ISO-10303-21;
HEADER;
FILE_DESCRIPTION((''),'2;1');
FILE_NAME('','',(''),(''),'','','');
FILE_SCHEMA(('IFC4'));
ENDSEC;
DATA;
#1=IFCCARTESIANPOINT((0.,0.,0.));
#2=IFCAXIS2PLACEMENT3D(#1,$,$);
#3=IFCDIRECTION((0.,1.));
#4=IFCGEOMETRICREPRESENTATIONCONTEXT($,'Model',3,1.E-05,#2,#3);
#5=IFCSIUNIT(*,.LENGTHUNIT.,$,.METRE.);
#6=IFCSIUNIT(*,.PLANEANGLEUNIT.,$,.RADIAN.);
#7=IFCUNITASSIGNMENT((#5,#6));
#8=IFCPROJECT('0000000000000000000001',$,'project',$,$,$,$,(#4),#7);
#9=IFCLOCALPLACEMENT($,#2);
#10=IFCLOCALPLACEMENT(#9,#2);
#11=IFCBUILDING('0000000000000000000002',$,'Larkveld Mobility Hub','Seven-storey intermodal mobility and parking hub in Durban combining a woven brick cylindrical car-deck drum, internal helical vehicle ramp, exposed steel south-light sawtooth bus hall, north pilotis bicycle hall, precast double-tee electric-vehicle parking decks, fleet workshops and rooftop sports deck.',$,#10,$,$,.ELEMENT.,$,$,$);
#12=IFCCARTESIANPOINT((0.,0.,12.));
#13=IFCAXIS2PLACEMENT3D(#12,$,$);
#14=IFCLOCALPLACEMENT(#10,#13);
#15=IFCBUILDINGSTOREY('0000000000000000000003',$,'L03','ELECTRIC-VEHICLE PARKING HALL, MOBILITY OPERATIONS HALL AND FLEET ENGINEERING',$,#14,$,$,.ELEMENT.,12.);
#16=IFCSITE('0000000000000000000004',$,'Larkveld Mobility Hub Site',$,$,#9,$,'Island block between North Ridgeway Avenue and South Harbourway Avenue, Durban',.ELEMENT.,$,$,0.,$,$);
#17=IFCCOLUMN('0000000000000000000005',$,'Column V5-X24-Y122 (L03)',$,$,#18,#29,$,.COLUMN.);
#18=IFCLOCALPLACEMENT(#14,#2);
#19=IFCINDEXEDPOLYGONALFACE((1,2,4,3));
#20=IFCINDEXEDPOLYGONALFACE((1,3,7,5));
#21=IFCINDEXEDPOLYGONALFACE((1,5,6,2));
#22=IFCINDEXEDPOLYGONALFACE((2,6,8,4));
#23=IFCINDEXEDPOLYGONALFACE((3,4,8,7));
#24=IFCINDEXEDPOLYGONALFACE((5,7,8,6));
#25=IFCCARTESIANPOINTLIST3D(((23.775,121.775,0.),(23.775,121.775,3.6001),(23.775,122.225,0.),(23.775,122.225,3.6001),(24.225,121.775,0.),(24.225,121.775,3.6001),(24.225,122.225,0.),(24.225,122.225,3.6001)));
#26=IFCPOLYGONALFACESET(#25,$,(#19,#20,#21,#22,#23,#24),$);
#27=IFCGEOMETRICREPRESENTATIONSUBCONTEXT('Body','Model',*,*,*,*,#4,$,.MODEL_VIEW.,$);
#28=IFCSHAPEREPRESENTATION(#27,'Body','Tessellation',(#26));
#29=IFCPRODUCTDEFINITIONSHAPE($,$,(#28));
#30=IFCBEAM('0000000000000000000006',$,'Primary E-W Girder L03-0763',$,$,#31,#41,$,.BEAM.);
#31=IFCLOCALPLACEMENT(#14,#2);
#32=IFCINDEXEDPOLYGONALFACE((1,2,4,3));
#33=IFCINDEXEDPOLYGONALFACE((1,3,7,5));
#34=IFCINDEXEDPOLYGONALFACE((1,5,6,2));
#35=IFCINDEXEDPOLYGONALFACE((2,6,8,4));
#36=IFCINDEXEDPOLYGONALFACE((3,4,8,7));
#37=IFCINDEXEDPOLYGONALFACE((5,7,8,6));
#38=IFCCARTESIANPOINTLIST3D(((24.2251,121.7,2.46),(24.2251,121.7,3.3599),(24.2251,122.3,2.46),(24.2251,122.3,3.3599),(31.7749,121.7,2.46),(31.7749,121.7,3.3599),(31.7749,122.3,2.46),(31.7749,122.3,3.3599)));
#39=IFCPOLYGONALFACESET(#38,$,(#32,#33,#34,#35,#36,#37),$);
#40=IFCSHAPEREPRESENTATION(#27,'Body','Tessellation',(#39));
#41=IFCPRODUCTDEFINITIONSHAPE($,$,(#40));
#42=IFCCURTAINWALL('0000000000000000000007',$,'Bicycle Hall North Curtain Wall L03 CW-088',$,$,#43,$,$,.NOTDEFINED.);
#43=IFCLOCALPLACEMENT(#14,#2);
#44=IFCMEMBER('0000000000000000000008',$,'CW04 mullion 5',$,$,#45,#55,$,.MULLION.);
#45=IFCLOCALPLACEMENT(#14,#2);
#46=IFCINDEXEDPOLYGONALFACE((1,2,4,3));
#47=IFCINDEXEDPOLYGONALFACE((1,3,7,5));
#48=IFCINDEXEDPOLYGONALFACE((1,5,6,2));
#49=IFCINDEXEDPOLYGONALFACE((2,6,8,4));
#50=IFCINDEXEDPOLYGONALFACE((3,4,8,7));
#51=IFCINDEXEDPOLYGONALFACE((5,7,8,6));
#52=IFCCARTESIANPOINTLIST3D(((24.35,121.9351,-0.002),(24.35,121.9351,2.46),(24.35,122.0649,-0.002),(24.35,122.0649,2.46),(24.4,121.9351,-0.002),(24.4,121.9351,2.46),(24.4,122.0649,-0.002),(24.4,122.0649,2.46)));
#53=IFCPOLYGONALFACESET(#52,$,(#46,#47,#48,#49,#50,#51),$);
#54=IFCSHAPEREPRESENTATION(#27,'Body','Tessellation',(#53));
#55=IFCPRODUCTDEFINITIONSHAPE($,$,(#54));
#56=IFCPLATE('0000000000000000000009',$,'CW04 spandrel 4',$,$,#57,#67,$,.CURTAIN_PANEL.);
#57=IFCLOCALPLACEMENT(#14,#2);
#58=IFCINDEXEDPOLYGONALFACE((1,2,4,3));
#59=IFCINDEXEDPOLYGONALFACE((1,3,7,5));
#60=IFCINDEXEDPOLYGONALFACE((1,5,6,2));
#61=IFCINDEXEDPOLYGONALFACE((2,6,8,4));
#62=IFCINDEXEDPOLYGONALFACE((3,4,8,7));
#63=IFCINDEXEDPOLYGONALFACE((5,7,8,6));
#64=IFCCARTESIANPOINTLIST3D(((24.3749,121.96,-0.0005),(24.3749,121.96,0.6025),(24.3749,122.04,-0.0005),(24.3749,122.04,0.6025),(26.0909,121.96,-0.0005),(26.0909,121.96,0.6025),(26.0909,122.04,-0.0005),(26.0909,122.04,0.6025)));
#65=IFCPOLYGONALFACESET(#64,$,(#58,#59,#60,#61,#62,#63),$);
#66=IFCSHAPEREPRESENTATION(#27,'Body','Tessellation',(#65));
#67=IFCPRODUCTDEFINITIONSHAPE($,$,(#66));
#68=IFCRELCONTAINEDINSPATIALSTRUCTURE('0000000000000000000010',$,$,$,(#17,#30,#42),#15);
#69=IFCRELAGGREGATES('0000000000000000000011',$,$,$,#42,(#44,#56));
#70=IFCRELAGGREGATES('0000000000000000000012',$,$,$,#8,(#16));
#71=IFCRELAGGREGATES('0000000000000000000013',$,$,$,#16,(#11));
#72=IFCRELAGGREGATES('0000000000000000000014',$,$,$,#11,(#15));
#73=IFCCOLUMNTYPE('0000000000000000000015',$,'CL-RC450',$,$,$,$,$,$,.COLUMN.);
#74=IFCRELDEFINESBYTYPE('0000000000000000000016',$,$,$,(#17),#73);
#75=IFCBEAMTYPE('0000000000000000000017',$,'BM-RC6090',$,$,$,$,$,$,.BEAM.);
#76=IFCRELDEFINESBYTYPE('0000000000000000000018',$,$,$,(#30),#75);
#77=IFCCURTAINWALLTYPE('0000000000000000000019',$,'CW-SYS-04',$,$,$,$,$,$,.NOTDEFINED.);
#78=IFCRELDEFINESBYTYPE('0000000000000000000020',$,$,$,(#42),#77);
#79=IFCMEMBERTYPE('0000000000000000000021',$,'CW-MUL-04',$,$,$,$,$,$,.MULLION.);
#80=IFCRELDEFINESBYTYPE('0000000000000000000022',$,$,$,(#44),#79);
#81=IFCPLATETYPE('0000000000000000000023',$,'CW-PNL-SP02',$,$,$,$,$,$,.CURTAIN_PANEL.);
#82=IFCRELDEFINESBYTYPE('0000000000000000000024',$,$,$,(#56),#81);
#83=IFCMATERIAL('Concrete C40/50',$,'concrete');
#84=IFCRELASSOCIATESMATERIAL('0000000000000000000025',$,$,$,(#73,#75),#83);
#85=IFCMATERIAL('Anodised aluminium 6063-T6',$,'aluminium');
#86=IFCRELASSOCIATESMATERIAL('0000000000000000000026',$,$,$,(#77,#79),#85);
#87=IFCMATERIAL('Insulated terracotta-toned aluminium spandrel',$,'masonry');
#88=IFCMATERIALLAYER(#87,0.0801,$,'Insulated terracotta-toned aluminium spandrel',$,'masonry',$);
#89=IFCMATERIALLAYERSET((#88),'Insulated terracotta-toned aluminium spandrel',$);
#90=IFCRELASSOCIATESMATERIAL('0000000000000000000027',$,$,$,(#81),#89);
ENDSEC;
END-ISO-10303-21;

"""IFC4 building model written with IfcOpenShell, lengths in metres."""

from ifc_helpers import new_model, si_unit, direction, frame, origin, origin_2d, place, context, subcontext, project, spatial, rectangle, extrude, material, layer, layer_set, material_profile, profile_set, type_object, element, aggregate, save


model = new_model("IFC4")

# Units and contexts
model_context = context("Model", 3, precision=1e-05, world=origin(), true_north=direction((0.0, 1.0)))
body_context = subcontext(model_context, "Body", "Model", "MODEL_VIEW")
ifc_project = project(units=[si_unit("LENGTHUNIT", "METRE"), si_unit("PLANEANGLEUNIT", "RADIAN")], contexts=[model_context])

# Site, building, storey
site_placement = place(None, origin())
site = spatial("IfcSite", under=ifc_project, at=site_placement, Name="Larkveld Mobility Hub Site", LongName="Island block between North Ridgeway Avenue and South Harbourway Avenue, Durban", CompositionType="ELEMENT", RefElevation=0.0)
building_placement = place(site_placement, origin())
building = spatial("IfcBuilding", under=site, at=building_placement, Name="Larkveld Mobility Hub", Description="Seven-storey intermodal mobility and parking hub in Durban combining a woven brick cylindrical car-deck drum, internal helical vehicle ramp, exposed steel south-light sawtooth bus hall, north pilotis bicycle hall, precast double-tee electric-vehicle parking decks, fleet workshops and rooftop sports deck.", CompositionType="ELEMENT")
storey_placement = place(building_placement, frame((0.0, 0.0, 12.0)))
storey = spatial("IfcBuildingStorey", under=building, at=storey_placement, Name="L03", Description="ELECTRIC-VEHICLE PARKING HALL, MOBILITY OPERATIONS HALL AND FLEET ENGINEERING", CompositionType="ELEMENT", Elevation=12.0)

# Column
ifc_material_1 = material(Name="Concrete C40/50", Category="concrete")
ifc_material_profile_1 = material_profile(ifc_material_1, rectangle(XDim=0.45, YDim=0.45, at=origin_2d()), Name="RC COL 450x450")
ifc_profile_set_1 = profile_set([ifc_material_profile_1], Name="Concrete C40/50")
column_type = type_object("IfcColumnType", Name="CL-RC450", PredefinedType="COLUMN", material=ifc_profile_set_1)
column_placement = place(storey_placement, frame((24.0, 122.0, 0.0), z_axis=(0.0, 0.0, 1.0), x_axis=(1.0, 0.0, 0.0)))
element("IfcColumn", 1, at=column_placement, inside=storey, type_object=column_type, Name="Column V5-X24-Y122 (L03)", PredefinedType="COLUMN", context=body_context, shape_type="SweptSolid", body=[
    extrude(rectangle(XDim=0.45, YDim=0.45, at=origin_2d()), origin(), (0.0, 0.0, 1.0), 3.6001),
])

# Beam
ifc_material_profile_2 = material_profile(ifc_material_1, rectangle(XDim=0.6001, YDim=0.8999, at=origin_2d()), Name="RC BM 600x900")
ifc_profile_set_2 = profile_set([ifc_material_profile_2], Name="Concrete C40/50")
beam_type = type_object("IfcBeamType", Name="BM-RC6090", PredefinedType="BEAM", material=ifc_profile_set_2)
beam_placement = place(storey_placement, frame((24.2251, 122.0, 2.9099), z_axis=(1.0, 0.0, 0.0), x_axis=(0.0, 1.0, 0.0)))
element("IfcBeam", 2, at=beam_placement, inside=storey, type_object=beam_type, Name="Primary E-W Girder L03-0763", PredefinedType="BEAM", context=body_context, shape_type="SweptSolid", body=[
    extrude(rectangle(XDim=0.6001, YDim=0.8999, at=origin_2d()), origin(), (0.0, 0.0, 1.0), 7.5498),
])

# Curtain wall, member, plate
ifc_material_2 = material(Name="Anodised aluminium 6063-T6", Category="aluminium")
curtain_wall_type = type_object("IfcCurtainWallType", Name="CW-SYS-04", PredefinedType="NOTDEFINED", material=ifc_material_2)
curtain_wall_placement = place(storey_placement, origin())
curtain_wall = element("IfcCurtainWall", 3, at=curtain_wall_placement, inside=storey, type_object=curtain_wall_type, Name="Bicycle Hall North Curtain Wall L03 CW-088", PredefinedType="NOTDEFINED")
ifc_material_profile_3 = material_profile(ifc_material_2, rectangle(XDim=0.05, YDim=0.1299, at=origin_2d()), Name="ALU MULL 50x130")
ifc_profile_set_3 = profile_set([ifc_material_profile_3], Name="Anodised aluminium 6063-T6")
member_type = type_object("IfcMemberType", Name="CW-MUL-04", PredefinedType="MULLION", material=ifc_profile_set_3)
member_placement = place(storey_placement, frame((24.375, 122.0, -0.002), z_axis=(0.0, 0.0, 1.0), x_axis=(-1.0, 0.0, 0.0)))
member = element("IfcMember", 4, at=member_placement, type_object=member_type, Name="CW04 mullion 5", PredefinedType="MULLION", context=body_context, shape_type="SweptSolid", body=[
    extrude(rectangle(XDim=0.05, YDim=0.1299, at=origin_2d()), origin(), (0.0, 0.0, 1.0), 2.4619),
])
ifc_material_3 = material(Name="Insulated terracotta-toned aluminium spandrel", Category="masonry")
ifc_layer_1 = layer(ifc_material_3, 0.0801, Name="Insulated terracotta-toned aluminium spandrel", Category="masonry")
ifc_layer_set_1 = layer_set([ifc_layer_1], Name="Insulated terracotta-toned aluminium spandrel")
plate_type = type_object("IfcPlateType", Name="CW-PNL-SP02", PredefinedType="CURTAIN_PANEL", material=ifc_layer_set_1)
plate_placement = place(storey_placement, frame((25.2329, 122.0, -0.0005), z_axis=(0.0, 0.0, 1.0), x_axis=(-1.0, 0.0, 0.0)))
plate = element("IfcPlate", 5, at=plate_placement, type_object=plate_type, Name="CW04 spandrel 4", PredefinedType="CURTAIN_PANEL", context=body_context, shape_type="SweptSolid", body=[
    extrude(rectangle(XDim=1.7161, YDim=0.0801, at=origin_2d()), origin(), (0.0, 0.0, 1.0), 0.603),
])
aggregate(curtain_wall, [member, plate])

save(model, "model.ifc")
